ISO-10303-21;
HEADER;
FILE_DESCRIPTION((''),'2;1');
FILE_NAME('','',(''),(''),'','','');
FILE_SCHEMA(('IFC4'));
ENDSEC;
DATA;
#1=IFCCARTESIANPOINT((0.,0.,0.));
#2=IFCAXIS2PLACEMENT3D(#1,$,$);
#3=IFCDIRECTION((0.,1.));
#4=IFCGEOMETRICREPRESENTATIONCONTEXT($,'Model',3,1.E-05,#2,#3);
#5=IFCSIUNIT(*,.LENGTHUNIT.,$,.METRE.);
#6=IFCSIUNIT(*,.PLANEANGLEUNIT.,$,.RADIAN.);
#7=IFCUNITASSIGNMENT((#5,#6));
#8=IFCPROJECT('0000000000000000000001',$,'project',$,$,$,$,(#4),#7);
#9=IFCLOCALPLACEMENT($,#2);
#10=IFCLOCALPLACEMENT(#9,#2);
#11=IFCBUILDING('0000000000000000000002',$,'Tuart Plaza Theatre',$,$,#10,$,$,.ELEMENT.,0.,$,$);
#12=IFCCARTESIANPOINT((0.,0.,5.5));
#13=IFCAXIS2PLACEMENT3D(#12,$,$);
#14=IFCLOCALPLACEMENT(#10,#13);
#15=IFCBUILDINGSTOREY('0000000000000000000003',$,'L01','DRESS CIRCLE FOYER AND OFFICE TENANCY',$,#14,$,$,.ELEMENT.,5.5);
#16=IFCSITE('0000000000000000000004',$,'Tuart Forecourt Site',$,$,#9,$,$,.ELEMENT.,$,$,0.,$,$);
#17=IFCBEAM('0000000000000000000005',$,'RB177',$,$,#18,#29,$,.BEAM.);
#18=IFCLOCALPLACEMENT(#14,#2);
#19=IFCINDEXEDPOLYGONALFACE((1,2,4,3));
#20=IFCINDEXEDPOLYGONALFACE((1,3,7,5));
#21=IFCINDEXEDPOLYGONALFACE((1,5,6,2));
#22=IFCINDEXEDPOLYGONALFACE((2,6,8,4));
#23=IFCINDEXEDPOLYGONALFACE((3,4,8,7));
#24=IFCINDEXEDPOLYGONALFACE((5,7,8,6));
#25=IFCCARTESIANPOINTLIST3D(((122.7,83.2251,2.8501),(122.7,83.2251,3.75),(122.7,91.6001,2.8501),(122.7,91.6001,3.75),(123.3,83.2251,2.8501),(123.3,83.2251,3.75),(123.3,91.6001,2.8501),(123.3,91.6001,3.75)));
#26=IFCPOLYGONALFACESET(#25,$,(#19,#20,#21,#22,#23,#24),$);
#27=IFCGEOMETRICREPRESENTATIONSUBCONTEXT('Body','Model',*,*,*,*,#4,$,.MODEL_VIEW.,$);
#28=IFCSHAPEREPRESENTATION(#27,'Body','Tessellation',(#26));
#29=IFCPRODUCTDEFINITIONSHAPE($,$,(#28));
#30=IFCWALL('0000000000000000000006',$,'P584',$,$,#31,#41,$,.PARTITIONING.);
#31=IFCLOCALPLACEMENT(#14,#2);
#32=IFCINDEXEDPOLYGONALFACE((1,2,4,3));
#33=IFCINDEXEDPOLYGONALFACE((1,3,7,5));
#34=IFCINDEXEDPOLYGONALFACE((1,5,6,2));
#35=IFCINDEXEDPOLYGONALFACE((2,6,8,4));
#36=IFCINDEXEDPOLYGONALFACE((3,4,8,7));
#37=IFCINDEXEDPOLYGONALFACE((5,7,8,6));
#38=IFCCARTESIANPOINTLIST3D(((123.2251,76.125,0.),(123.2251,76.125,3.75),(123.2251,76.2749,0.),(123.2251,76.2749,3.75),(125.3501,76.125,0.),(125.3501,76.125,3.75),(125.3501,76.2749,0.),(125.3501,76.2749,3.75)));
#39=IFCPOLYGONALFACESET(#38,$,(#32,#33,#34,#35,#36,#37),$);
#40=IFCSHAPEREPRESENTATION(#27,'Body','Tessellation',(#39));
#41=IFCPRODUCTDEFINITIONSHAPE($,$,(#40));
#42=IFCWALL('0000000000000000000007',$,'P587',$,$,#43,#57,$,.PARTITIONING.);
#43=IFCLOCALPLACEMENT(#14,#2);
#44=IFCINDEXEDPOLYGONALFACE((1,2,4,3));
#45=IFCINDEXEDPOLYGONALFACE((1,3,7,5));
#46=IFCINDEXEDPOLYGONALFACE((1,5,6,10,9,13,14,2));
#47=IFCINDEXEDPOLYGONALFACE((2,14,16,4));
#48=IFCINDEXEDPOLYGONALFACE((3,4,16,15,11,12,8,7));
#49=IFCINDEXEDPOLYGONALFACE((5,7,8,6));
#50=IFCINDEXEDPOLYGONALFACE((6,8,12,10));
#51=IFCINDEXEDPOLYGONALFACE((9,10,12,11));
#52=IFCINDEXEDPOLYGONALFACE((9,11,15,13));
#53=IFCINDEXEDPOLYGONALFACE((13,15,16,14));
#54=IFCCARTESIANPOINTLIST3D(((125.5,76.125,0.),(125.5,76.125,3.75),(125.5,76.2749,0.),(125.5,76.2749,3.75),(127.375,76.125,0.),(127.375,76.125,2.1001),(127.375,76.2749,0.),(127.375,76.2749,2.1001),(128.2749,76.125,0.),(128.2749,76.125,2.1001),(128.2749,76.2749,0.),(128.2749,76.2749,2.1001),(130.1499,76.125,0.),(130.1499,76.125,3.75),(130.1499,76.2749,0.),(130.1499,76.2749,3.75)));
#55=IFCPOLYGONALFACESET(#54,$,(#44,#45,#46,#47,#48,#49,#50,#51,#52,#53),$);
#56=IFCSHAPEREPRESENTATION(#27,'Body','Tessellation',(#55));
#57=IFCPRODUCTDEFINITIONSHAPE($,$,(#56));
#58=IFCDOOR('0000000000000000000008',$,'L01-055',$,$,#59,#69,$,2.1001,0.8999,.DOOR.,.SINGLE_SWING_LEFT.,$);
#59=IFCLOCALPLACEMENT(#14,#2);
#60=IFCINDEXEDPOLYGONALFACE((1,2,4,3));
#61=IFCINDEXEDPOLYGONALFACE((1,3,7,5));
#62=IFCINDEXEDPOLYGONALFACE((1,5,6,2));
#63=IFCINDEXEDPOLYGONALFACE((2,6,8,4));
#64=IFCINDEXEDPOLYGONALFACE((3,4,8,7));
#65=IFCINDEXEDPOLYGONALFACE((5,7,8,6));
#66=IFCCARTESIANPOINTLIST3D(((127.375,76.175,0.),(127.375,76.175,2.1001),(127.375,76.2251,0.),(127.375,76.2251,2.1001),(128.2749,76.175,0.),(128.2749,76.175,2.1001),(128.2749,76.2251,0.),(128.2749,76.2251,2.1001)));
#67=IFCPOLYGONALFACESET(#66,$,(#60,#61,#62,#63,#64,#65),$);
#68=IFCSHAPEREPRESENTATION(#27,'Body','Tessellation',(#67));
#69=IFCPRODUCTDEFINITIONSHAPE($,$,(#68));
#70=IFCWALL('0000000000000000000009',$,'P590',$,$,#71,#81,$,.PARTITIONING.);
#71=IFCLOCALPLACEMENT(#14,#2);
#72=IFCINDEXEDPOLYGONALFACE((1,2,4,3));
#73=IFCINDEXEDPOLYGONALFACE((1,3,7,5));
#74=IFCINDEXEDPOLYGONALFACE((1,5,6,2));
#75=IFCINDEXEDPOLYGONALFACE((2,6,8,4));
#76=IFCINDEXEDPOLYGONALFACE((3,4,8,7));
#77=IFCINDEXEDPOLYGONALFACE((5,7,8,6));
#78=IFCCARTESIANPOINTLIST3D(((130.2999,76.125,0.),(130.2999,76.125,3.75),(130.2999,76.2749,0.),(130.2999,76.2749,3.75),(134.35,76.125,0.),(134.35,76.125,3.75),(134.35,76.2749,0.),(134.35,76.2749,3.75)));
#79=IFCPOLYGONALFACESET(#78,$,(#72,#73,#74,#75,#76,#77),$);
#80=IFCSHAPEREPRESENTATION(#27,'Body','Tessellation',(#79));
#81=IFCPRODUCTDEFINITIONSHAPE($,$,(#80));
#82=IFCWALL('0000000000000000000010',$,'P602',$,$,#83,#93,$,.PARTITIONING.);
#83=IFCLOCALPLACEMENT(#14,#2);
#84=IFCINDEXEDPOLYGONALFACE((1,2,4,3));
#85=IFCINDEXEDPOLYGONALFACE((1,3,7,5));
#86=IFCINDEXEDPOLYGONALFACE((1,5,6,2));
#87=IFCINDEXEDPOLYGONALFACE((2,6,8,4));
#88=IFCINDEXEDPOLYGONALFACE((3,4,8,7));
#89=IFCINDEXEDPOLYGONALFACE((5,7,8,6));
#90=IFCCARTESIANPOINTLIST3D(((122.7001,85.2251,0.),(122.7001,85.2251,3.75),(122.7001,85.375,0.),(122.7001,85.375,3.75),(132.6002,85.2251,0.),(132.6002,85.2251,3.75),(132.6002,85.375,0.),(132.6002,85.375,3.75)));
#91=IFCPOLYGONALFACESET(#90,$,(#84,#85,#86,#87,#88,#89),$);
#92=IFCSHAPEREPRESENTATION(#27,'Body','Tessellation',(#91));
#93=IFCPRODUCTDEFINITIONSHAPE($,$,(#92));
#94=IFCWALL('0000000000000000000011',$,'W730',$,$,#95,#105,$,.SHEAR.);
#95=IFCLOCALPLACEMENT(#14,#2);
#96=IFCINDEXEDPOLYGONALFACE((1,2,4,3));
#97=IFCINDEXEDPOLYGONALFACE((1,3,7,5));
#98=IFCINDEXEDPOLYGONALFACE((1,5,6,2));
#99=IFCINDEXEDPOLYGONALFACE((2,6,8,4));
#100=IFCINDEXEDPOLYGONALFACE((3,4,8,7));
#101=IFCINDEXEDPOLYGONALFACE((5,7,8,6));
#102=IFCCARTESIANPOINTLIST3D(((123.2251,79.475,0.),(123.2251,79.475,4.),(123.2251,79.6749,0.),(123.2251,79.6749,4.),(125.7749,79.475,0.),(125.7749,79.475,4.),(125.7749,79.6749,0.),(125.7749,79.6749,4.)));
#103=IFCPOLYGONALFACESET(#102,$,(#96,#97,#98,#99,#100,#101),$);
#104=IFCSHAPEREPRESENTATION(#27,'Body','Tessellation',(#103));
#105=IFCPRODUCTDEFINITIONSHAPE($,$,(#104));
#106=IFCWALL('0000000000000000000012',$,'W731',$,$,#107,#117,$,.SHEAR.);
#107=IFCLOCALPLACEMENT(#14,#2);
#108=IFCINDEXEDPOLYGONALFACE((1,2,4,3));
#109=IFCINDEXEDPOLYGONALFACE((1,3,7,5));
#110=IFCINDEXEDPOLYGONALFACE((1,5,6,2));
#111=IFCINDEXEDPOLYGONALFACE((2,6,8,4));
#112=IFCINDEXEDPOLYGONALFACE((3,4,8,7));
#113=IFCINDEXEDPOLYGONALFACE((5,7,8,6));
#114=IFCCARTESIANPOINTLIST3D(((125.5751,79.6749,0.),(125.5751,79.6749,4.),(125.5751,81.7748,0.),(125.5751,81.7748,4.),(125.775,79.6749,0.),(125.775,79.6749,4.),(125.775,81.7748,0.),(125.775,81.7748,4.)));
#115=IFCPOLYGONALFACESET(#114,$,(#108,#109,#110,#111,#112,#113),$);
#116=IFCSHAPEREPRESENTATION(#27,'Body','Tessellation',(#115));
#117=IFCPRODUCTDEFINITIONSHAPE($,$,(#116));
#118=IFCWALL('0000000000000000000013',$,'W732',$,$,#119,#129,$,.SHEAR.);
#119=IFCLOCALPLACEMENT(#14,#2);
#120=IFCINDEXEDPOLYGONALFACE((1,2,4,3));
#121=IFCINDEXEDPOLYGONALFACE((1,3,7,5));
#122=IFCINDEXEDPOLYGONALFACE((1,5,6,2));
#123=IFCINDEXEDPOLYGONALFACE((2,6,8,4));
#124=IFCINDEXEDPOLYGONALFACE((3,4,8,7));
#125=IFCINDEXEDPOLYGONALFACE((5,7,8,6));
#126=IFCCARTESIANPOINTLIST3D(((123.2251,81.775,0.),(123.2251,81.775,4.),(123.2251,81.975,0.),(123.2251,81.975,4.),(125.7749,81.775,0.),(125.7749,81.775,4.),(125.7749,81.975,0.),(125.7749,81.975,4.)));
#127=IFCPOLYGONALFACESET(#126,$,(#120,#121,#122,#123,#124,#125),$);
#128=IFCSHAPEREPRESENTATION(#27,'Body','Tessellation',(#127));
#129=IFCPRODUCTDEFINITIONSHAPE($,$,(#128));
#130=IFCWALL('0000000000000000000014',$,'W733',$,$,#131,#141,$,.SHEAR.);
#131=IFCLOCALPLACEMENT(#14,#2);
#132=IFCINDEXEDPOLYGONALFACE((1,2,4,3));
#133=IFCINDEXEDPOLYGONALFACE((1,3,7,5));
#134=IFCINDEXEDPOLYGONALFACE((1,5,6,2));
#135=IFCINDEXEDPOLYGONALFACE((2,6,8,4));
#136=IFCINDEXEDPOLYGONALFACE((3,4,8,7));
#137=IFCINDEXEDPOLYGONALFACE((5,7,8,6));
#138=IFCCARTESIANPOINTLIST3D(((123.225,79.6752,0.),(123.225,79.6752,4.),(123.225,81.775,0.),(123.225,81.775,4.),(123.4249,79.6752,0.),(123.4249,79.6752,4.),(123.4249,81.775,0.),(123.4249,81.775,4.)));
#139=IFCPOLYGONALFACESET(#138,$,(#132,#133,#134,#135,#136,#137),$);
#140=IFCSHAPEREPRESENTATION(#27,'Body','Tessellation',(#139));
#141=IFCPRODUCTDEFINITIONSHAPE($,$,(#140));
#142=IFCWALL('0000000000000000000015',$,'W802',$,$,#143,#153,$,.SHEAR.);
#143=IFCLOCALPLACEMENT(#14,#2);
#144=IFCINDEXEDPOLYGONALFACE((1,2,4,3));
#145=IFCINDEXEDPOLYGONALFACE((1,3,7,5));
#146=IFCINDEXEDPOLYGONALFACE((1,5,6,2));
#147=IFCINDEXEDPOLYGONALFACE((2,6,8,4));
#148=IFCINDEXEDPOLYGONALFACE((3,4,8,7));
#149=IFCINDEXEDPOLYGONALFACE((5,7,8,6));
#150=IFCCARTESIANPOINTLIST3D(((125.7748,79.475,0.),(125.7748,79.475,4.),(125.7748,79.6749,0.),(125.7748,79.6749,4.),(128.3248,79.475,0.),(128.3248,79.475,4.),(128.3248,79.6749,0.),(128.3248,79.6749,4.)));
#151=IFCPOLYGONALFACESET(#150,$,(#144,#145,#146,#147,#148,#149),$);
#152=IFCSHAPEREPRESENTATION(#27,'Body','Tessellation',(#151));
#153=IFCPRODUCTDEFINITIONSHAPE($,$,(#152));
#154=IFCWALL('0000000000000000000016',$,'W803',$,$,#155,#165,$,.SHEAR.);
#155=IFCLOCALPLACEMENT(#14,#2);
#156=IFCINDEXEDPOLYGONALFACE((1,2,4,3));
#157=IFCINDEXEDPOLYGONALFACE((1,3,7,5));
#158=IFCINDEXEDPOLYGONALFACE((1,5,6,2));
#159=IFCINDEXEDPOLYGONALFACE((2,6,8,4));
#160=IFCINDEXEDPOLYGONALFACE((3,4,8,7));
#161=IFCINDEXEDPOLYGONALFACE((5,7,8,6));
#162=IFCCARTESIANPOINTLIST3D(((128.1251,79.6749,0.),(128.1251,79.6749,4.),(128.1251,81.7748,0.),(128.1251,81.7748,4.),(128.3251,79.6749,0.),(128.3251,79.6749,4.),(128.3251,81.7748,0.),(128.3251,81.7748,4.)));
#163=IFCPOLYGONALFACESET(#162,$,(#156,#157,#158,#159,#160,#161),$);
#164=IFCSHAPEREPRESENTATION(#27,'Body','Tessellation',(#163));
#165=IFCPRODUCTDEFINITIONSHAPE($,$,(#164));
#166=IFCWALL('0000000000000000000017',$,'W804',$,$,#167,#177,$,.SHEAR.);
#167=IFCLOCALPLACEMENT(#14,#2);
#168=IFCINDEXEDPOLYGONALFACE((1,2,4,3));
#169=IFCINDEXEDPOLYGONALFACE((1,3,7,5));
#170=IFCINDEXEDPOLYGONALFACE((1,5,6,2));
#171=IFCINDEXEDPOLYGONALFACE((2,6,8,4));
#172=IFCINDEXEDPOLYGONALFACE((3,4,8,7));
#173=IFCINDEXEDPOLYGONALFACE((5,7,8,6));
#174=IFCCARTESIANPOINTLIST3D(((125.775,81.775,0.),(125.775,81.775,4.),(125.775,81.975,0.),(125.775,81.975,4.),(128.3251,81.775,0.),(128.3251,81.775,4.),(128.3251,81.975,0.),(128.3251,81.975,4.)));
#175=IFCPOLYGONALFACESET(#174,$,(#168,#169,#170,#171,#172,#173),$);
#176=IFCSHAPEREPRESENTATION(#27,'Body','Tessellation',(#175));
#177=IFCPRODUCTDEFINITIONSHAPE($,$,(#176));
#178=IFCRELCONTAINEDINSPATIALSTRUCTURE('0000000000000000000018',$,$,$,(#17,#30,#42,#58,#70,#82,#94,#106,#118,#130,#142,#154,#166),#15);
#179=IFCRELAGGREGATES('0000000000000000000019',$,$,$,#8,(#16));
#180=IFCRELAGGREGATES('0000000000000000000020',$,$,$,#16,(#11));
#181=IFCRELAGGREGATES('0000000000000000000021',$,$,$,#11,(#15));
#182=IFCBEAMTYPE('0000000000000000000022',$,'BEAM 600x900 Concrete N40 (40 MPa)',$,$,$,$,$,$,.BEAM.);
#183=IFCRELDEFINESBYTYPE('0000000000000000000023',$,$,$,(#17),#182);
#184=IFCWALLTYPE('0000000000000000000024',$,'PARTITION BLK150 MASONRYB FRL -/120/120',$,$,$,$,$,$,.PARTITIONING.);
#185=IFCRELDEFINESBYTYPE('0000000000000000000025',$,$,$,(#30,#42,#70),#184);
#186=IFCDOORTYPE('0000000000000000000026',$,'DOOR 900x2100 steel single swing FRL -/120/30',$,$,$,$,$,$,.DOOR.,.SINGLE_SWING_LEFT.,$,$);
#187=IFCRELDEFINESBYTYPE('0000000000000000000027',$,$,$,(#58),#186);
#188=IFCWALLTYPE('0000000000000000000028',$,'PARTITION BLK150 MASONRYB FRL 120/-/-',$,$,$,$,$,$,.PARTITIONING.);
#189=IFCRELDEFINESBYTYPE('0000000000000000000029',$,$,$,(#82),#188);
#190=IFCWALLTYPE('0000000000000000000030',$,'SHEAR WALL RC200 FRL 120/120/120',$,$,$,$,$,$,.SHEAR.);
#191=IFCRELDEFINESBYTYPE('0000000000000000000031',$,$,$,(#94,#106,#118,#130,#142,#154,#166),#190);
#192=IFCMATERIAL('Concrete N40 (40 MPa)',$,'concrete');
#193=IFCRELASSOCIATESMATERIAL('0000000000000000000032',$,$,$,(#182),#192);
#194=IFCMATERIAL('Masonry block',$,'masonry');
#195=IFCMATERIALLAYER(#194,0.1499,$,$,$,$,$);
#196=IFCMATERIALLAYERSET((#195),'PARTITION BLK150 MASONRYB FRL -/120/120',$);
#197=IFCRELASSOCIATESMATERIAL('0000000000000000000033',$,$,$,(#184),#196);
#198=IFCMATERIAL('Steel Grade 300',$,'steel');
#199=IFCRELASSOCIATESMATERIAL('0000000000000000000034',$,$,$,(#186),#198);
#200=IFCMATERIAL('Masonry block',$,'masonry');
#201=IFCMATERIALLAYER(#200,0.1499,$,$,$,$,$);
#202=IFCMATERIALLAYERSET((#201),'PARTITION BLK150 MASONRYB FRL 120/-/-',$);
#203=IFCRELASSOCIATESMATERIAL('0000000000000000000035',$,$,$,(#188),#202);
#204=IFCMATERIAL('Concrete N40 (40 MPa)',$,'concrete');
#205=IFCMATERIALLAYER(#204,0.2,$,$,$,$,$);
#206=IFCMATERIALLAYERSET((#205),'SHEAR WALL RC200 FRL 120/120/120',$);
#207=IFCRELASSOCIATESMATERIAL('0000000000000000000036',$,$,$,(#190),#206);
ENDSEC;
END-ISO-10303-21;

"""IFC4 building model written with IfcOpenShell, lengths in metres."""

from ifc_helpers import new_model, si_unit, direction, frame, frame_2d, origin, origin_2d, place, context, subcontext, project, spatial, rectangle, extrude, material, layer, layer_set, material_profile, profile_set, type_object, element, fill, save


model = new_model("IFC4")

# Units and contexts
model_context = context("Model", 3, precision=1e-05, world=origin(), true_north=direction((0.0, 1.0)))
body_context = subcontext(model_context, "Body", "Model", "MODEL_VIEW")
ifc_project = project(units=[si_unit("LENGTHUNIT", "METRE"), si_unit("PLANEANGLEUNIT", "RADIAN")], contexts=[model_context])

# Site, building, storey
site_placement = place(None, origin())
site = spatial("IfcSite", under=ifc_project, at=site_placement, Name="Tuart Forecourt Site", CompositionType="ELEMENT", RefElevation=0.0)
building_placement = place(site_placement, origin())
building = spatial("IfcBuilding", under=site, at=building_placement, Name="Tuart Plaza Theatre", CompositionType="ELEMENT", ElevationOfRefHeight=0.0)
storey_placement = place(building_placement, frame((0.0, 0.0, 5.5)))
storey = spatial("IfcBuildingStorey", under=building, at=storey_placement, Name="L01", Description="DRESS CIRCLE FOYER AND OFFICE TENANCY", CompositionType="ELEMENT", Elevation=5.5)

# Beam
ifc_material_1 = material(Name="Concrete N40 (40 MPa)", Category="concrete")
ifc_material_profile = material_profile(ifc_material_1, rectangle(XDim=0.6001, YDim=0.8999, at=origin_2d()), Name="BEAM 600x900 Concrete N40 (40 MPa)")
ifc_profile_set = profile_set([ifc_material_profile], Name="Concrete N40 (40 MPa)")
beam_type = type_object("IfcBeamType", Name="BEAM 600x900 Concrete N40 (40 MPa)", PredefinedType="BEAM", material=ifc_profile_set)
beam_placement = place(storey_placement, frame((123.0, 83.2251, 3.3), z_axis=(0.0, 1.0, 0.0), x_axis=(-1.0, 0.0, 0.0)))
element("IfcBeam", 1, at=beam_placement, inside=storey, type_object=beam_type, Name="RB177", PredefinedType="BEAM", context=body_context, shape_type="SweptSolid", body=[
    extrude(rectangle(XDim=0.6001, YDim=0.8999, at=origin_2d()), origin(), (0.0, 0.0, 1.0), 8.375),
])

# Wall
ifc_material_2 = material(Name="Masonry block", Category="masonry")
ifc_layer_1 = layer(ifc_material_2, 0.1499)
ifc_layer_set_1 = layer_set([ifc_layer_1], Name="PARTITION BLK150 MASONRYB FRL -/120/120")
wall_type_1 = type_object("IfcWallType", Name="PARTITION BLK150 MASONRYB FRL -/120/120", PredefinedType="PARTITIONING", material=ifc_layer_set_1)
wall_1_placement = place(storey_placement, frame((123.2251, 76.2, 0.0), z_axis=(0.0, 0.0, 1.0), x_axis=(1.0, 0.0, 0.0)))
element("IfcWall", 2, at=wall_1_placement, inside=storey, type_object=wall_type_1, Name="P584", PredefinedType="PARTITIONING", context=body_context, shape_type="SweptSolid", body=[
    extrude(rectangle(XDim=2.125, YDim=0.1499, at=frame_2d((1.0625, 0.0))), origin(), (0.0, 0.0, 1.0), 3.75),
])

# Wall, opening, door
wall_2_placement = place(storey_placement, frame((125.5, 76.2, 0.0), z_axis=(0.0, 0.0, 1.0), x_axis=(1.0, 0.0, 0.0)))
wall_2 = element("IfcWall", 3, at=wall_2_placement, inside=storey, type_object=wall_type_1, Name="P587", PredefinedType="PARTITIONING", context=body_context, shape_type="SweptSolid", body=[
    extrude(rectangle(XDim=4.6499, YDim=0.1499, at=frame_2d((2.325, 0.0))), origin(), (0.0, 0.0, 1.0), 3.75),
])
opening_1_placement = place(wall_2_placement, frame((1.875, 0.0, 0.0)))
opening_1 = element("IfcOpeningElement", 4, at=opening_1_placement, cuts=wall_2, PredefinedType="OPENING", context=body_context, shape_type="SweptSolid", body=[
    extrude(rectangle(XDim=0.8999, YDim=2.1001, at=frame_2d((0.45, 1.05))), frame((0.0, 0.085, 0.0), z_axis=(0.0, -1.0, 0.0), x_axis=(1.0, 0.0, 0.0)), (0.0, 0.0, 1.0), 0.1699),
])
ifc_material_3 = material(Name="Steel Grade 300", Category="steel")
door_type_1 = type_object("IfcDoorType", Name="DOOR 900x2100 steel single swing FRL -/120/30", OperationType="SINGLE_SWING_LEFT", PredefinedType="DOOR", material=ifc_material_3)
door_1_placement = place(opening_1_placement, frame((0.8999, 0.0, 0.0), z_axis=(0.0, 0.0, 1.0), x_axis=(-1.0, 0.0, 0.0)))
door_1 = element("IfcDoor", 5, at=door_1_placement, inside=storey, type_object=door_type_1, Name="L01-055", OperationType="SINGLE_SWING_LEFT", OverallHeight=2.1001, OverallWidth=0.8999, PredefinedType="DOOR", context=body_context, shape_type="SweptSolid", body=[
    extrude(rectangle(XDim=0.8999, YDim=2.1001, at=frame_2d((0.45, 1.05))), frame((0.0, 0.0249, 0.0), z_axis=(0.0, -1.0, 0.0), x_axis=(1.0, 0.0, 0.0)), (0.0, 0.0, 1.0), 0.05),
])
fill(opening_1, door_1)

# Walls
wall_3_placement = place(storey_placement, frame((130.3, 76.2, 0.0), z_axis=(0.0, 0.0, 1.0), x_axis=(1.0, 0.0, 0.0)))
element("IfcWall", 6, at=wall_3_placement, inside=storey, type_object=wall_type_1, Name="P590", PredefinedType="PARTITIONING", context=body_context, shape_type="SweptSolid", body=[
    extrude(rectangle(XDim=4.05, YDim=0.1499, at=frame_2d((2.0249, 0.0))), origin(), (0.0, 0.0, 1.0), 3.75),
])
ifc_material_4 = material(Name="Masonry block", Category="masonry")
ifc_layer_2 = layer(ifc_material_4, 0.1499)
ifc_layer_set_2 = layer_set([ifc_layer_2], Name="PARTITION BLK150 MASONRYB FRL 120/-/-")
wall_type_2 = type_object("IfcWallType", Name="PARTITION BLK150 MASONRYB FRL 120/-/-", PredefinedType="PARTITIONING", material=ifc_layer_set_2)
wall_4_placement = place(storey_placement, frame((122.7, 85.3, 0.0), z_axis=(0.0, 0.0, 1.0), x_axis=(1.0, 0.0, 0.0)))
element("IfcWall", 7, at=wall_4_placement, inside=storey, type_object=wall_type_2, Name="P602", PredefinedType="PARTITIONING", context=body_context, shape_type="SweptSolid", body=[
    extrude(rectangle(XDim=9.9001, YDim=0.1499, at=frame_2d((4.9502, 0.0))), origin(), (0.0, 0.0, 1.0), 3.75),
])
ifc_material_5 = material(Name="Concrete N40 (40 MPa)", Category="concrete")
ifc_layer_3 = layer(ifc_material_5, 0.2)
ifc_layer_set_3 = layer_set([ifc_layer_3], Name="SHEAR WALL RC200 FRL 120/120/120")
wall_type_3 = type_object("IfcWallType", Name="SHEAR WALL RC200 FRL 120/120/120", PredefinedType="SHEAR", material=ifc_layer_set_3)
wall_5_placement = place(storey_placement, frame((123.2251, 79.575, 0.0), z_axis=(0.0, 0.0, 1.0), x_axis=(1.0, 0.0, 0.0)))
element("IfcWall", 8, at=wall_5_placement, inside=storey, type_object=wall_type_3, Name="W730", PredefinedType="SHEAR", context=body_context, shape_type="SweptSolid", body=[
    extrude(rectangle(XDim=2.5498, YDim=0.2, at=frame_2d((1.2749, 0.0))), origin(), (0.0, 0.0, 1.0), 4.0),
])
wall_6_placement = place(storey_placement, frame((125.675, 79.675, 0.0), z_axis=(0.0, 0.0, 1.0), x_axis=(0.0, 1.0, 0.0)))
element("IfcWall", 9, at=wall_6_placement, inside=storey, type_object=wall_type_3, Name="W731", PredefinedType="SHEAR", context=body_context, shape_type="SweptSolid", body=[
    extrude(rectangle(XDim=2.0999, YDim=0.2, at=frame_2d((1.0498, 0.0))), origin(), (0.0, 0.0, 1.0), 4.0),
])
wall_7_placement = place(storey_placement, frame((125.7749, 81.875, 0.0), z_axis=(0.0, 0.0, 1.0), x_axis=(-1.0, 0.0, 0.0)))
element("IfcWall", 10, at=wall_7_placement, inside=storey, type_object=wall_type_3, Name="W732", PredefinedType="SHEAR", context=body_context, shape_type="SweptSolid", body=[
    extrude(rectangle(XDim=2.5498, YDim=0.2, at=frame_2d((1.2749, 0.0))), origin(), (0.0, 0.0, 1.0), 4.0),
])
wall_8_placement = place(storey_placement, frame((123.325, 81.7749, 0.0), z_axis=(0.0, 0.0, 1.0), x_axis=(0.0, -1.0, 0.0)))
element("IfcWall", 11, at=wall_8_placement, inside=storey, type_object=wall_type_3, Name="W733", PredefinedType="SHEAR", context=body_context, shape_type="SweptSolid", body=[
    extrude(rectangle(XDim=2.0999, YDim=0.2, at=frame_2d((1.0498, 0.0))), origin(), (0.0, 0.0, 1.0), 4.0),
])
wall_9_placement = place(storey_placement, frame((125.7749, 79.575, 0.0), z_axis=(0.0, 0.0, 1.0), x_axis=(1.0, 0.0, 0.0)))
element("IfcWall", 12, at=wall_9_placement, inside=storey, type_object=wall_type_3, Name="W802", PredefinedType="SHEAR", context=body_context, shape_type="SweptSolid", body=[
    extrude(rectangle(XDim=2.55, YDim=0.2, at=frame_2d((1.2749, 0.0))), origin(), (0.0, 0.0, 1.0), 4.0),
])
wall_10_placement = place(storey_placement, frame((128.2251, 79.675, 0.0), z_axis=(0.0, 0.0, 1.0), x_axis=(0.0, 1.0, 0.0)))
element("IfcWall", 13, at=wall_10_placement, inside=storey, type_object=wall_type_3, Name="W803", PredefinedType="SHEAR", context=body_context, shape_type="SweptSolid", body=[
    extrude(rectangle(XDim=2.0999, YDim=0.2, at=frame_2d((1.0498, 0.0))), origin(), (0.0, 0.0, 1.0), 4.0),
])
wall_11_placement = place(storey_placement, frame((128.325, 81.875, 0.0), z_axis=(0.0, 0.0, 1.0), x_axis=(-1.0, 0.0, 0.0)))
element("IfcWall", 14, at=wall_11_placement, inside=storey, type_object=wall_type_3, Name="W804", PredefinedType="SHEAR", context=body_context, shape_type="SweptSolid", body=[
    extrude(rectangle(XDim=2.55, YDim=0.2, at=frame_2d((1.2749, 0.0))), origin(), (0.0, 0.0, 1.0), 4.0),
])

save(model, "model.ifc")
